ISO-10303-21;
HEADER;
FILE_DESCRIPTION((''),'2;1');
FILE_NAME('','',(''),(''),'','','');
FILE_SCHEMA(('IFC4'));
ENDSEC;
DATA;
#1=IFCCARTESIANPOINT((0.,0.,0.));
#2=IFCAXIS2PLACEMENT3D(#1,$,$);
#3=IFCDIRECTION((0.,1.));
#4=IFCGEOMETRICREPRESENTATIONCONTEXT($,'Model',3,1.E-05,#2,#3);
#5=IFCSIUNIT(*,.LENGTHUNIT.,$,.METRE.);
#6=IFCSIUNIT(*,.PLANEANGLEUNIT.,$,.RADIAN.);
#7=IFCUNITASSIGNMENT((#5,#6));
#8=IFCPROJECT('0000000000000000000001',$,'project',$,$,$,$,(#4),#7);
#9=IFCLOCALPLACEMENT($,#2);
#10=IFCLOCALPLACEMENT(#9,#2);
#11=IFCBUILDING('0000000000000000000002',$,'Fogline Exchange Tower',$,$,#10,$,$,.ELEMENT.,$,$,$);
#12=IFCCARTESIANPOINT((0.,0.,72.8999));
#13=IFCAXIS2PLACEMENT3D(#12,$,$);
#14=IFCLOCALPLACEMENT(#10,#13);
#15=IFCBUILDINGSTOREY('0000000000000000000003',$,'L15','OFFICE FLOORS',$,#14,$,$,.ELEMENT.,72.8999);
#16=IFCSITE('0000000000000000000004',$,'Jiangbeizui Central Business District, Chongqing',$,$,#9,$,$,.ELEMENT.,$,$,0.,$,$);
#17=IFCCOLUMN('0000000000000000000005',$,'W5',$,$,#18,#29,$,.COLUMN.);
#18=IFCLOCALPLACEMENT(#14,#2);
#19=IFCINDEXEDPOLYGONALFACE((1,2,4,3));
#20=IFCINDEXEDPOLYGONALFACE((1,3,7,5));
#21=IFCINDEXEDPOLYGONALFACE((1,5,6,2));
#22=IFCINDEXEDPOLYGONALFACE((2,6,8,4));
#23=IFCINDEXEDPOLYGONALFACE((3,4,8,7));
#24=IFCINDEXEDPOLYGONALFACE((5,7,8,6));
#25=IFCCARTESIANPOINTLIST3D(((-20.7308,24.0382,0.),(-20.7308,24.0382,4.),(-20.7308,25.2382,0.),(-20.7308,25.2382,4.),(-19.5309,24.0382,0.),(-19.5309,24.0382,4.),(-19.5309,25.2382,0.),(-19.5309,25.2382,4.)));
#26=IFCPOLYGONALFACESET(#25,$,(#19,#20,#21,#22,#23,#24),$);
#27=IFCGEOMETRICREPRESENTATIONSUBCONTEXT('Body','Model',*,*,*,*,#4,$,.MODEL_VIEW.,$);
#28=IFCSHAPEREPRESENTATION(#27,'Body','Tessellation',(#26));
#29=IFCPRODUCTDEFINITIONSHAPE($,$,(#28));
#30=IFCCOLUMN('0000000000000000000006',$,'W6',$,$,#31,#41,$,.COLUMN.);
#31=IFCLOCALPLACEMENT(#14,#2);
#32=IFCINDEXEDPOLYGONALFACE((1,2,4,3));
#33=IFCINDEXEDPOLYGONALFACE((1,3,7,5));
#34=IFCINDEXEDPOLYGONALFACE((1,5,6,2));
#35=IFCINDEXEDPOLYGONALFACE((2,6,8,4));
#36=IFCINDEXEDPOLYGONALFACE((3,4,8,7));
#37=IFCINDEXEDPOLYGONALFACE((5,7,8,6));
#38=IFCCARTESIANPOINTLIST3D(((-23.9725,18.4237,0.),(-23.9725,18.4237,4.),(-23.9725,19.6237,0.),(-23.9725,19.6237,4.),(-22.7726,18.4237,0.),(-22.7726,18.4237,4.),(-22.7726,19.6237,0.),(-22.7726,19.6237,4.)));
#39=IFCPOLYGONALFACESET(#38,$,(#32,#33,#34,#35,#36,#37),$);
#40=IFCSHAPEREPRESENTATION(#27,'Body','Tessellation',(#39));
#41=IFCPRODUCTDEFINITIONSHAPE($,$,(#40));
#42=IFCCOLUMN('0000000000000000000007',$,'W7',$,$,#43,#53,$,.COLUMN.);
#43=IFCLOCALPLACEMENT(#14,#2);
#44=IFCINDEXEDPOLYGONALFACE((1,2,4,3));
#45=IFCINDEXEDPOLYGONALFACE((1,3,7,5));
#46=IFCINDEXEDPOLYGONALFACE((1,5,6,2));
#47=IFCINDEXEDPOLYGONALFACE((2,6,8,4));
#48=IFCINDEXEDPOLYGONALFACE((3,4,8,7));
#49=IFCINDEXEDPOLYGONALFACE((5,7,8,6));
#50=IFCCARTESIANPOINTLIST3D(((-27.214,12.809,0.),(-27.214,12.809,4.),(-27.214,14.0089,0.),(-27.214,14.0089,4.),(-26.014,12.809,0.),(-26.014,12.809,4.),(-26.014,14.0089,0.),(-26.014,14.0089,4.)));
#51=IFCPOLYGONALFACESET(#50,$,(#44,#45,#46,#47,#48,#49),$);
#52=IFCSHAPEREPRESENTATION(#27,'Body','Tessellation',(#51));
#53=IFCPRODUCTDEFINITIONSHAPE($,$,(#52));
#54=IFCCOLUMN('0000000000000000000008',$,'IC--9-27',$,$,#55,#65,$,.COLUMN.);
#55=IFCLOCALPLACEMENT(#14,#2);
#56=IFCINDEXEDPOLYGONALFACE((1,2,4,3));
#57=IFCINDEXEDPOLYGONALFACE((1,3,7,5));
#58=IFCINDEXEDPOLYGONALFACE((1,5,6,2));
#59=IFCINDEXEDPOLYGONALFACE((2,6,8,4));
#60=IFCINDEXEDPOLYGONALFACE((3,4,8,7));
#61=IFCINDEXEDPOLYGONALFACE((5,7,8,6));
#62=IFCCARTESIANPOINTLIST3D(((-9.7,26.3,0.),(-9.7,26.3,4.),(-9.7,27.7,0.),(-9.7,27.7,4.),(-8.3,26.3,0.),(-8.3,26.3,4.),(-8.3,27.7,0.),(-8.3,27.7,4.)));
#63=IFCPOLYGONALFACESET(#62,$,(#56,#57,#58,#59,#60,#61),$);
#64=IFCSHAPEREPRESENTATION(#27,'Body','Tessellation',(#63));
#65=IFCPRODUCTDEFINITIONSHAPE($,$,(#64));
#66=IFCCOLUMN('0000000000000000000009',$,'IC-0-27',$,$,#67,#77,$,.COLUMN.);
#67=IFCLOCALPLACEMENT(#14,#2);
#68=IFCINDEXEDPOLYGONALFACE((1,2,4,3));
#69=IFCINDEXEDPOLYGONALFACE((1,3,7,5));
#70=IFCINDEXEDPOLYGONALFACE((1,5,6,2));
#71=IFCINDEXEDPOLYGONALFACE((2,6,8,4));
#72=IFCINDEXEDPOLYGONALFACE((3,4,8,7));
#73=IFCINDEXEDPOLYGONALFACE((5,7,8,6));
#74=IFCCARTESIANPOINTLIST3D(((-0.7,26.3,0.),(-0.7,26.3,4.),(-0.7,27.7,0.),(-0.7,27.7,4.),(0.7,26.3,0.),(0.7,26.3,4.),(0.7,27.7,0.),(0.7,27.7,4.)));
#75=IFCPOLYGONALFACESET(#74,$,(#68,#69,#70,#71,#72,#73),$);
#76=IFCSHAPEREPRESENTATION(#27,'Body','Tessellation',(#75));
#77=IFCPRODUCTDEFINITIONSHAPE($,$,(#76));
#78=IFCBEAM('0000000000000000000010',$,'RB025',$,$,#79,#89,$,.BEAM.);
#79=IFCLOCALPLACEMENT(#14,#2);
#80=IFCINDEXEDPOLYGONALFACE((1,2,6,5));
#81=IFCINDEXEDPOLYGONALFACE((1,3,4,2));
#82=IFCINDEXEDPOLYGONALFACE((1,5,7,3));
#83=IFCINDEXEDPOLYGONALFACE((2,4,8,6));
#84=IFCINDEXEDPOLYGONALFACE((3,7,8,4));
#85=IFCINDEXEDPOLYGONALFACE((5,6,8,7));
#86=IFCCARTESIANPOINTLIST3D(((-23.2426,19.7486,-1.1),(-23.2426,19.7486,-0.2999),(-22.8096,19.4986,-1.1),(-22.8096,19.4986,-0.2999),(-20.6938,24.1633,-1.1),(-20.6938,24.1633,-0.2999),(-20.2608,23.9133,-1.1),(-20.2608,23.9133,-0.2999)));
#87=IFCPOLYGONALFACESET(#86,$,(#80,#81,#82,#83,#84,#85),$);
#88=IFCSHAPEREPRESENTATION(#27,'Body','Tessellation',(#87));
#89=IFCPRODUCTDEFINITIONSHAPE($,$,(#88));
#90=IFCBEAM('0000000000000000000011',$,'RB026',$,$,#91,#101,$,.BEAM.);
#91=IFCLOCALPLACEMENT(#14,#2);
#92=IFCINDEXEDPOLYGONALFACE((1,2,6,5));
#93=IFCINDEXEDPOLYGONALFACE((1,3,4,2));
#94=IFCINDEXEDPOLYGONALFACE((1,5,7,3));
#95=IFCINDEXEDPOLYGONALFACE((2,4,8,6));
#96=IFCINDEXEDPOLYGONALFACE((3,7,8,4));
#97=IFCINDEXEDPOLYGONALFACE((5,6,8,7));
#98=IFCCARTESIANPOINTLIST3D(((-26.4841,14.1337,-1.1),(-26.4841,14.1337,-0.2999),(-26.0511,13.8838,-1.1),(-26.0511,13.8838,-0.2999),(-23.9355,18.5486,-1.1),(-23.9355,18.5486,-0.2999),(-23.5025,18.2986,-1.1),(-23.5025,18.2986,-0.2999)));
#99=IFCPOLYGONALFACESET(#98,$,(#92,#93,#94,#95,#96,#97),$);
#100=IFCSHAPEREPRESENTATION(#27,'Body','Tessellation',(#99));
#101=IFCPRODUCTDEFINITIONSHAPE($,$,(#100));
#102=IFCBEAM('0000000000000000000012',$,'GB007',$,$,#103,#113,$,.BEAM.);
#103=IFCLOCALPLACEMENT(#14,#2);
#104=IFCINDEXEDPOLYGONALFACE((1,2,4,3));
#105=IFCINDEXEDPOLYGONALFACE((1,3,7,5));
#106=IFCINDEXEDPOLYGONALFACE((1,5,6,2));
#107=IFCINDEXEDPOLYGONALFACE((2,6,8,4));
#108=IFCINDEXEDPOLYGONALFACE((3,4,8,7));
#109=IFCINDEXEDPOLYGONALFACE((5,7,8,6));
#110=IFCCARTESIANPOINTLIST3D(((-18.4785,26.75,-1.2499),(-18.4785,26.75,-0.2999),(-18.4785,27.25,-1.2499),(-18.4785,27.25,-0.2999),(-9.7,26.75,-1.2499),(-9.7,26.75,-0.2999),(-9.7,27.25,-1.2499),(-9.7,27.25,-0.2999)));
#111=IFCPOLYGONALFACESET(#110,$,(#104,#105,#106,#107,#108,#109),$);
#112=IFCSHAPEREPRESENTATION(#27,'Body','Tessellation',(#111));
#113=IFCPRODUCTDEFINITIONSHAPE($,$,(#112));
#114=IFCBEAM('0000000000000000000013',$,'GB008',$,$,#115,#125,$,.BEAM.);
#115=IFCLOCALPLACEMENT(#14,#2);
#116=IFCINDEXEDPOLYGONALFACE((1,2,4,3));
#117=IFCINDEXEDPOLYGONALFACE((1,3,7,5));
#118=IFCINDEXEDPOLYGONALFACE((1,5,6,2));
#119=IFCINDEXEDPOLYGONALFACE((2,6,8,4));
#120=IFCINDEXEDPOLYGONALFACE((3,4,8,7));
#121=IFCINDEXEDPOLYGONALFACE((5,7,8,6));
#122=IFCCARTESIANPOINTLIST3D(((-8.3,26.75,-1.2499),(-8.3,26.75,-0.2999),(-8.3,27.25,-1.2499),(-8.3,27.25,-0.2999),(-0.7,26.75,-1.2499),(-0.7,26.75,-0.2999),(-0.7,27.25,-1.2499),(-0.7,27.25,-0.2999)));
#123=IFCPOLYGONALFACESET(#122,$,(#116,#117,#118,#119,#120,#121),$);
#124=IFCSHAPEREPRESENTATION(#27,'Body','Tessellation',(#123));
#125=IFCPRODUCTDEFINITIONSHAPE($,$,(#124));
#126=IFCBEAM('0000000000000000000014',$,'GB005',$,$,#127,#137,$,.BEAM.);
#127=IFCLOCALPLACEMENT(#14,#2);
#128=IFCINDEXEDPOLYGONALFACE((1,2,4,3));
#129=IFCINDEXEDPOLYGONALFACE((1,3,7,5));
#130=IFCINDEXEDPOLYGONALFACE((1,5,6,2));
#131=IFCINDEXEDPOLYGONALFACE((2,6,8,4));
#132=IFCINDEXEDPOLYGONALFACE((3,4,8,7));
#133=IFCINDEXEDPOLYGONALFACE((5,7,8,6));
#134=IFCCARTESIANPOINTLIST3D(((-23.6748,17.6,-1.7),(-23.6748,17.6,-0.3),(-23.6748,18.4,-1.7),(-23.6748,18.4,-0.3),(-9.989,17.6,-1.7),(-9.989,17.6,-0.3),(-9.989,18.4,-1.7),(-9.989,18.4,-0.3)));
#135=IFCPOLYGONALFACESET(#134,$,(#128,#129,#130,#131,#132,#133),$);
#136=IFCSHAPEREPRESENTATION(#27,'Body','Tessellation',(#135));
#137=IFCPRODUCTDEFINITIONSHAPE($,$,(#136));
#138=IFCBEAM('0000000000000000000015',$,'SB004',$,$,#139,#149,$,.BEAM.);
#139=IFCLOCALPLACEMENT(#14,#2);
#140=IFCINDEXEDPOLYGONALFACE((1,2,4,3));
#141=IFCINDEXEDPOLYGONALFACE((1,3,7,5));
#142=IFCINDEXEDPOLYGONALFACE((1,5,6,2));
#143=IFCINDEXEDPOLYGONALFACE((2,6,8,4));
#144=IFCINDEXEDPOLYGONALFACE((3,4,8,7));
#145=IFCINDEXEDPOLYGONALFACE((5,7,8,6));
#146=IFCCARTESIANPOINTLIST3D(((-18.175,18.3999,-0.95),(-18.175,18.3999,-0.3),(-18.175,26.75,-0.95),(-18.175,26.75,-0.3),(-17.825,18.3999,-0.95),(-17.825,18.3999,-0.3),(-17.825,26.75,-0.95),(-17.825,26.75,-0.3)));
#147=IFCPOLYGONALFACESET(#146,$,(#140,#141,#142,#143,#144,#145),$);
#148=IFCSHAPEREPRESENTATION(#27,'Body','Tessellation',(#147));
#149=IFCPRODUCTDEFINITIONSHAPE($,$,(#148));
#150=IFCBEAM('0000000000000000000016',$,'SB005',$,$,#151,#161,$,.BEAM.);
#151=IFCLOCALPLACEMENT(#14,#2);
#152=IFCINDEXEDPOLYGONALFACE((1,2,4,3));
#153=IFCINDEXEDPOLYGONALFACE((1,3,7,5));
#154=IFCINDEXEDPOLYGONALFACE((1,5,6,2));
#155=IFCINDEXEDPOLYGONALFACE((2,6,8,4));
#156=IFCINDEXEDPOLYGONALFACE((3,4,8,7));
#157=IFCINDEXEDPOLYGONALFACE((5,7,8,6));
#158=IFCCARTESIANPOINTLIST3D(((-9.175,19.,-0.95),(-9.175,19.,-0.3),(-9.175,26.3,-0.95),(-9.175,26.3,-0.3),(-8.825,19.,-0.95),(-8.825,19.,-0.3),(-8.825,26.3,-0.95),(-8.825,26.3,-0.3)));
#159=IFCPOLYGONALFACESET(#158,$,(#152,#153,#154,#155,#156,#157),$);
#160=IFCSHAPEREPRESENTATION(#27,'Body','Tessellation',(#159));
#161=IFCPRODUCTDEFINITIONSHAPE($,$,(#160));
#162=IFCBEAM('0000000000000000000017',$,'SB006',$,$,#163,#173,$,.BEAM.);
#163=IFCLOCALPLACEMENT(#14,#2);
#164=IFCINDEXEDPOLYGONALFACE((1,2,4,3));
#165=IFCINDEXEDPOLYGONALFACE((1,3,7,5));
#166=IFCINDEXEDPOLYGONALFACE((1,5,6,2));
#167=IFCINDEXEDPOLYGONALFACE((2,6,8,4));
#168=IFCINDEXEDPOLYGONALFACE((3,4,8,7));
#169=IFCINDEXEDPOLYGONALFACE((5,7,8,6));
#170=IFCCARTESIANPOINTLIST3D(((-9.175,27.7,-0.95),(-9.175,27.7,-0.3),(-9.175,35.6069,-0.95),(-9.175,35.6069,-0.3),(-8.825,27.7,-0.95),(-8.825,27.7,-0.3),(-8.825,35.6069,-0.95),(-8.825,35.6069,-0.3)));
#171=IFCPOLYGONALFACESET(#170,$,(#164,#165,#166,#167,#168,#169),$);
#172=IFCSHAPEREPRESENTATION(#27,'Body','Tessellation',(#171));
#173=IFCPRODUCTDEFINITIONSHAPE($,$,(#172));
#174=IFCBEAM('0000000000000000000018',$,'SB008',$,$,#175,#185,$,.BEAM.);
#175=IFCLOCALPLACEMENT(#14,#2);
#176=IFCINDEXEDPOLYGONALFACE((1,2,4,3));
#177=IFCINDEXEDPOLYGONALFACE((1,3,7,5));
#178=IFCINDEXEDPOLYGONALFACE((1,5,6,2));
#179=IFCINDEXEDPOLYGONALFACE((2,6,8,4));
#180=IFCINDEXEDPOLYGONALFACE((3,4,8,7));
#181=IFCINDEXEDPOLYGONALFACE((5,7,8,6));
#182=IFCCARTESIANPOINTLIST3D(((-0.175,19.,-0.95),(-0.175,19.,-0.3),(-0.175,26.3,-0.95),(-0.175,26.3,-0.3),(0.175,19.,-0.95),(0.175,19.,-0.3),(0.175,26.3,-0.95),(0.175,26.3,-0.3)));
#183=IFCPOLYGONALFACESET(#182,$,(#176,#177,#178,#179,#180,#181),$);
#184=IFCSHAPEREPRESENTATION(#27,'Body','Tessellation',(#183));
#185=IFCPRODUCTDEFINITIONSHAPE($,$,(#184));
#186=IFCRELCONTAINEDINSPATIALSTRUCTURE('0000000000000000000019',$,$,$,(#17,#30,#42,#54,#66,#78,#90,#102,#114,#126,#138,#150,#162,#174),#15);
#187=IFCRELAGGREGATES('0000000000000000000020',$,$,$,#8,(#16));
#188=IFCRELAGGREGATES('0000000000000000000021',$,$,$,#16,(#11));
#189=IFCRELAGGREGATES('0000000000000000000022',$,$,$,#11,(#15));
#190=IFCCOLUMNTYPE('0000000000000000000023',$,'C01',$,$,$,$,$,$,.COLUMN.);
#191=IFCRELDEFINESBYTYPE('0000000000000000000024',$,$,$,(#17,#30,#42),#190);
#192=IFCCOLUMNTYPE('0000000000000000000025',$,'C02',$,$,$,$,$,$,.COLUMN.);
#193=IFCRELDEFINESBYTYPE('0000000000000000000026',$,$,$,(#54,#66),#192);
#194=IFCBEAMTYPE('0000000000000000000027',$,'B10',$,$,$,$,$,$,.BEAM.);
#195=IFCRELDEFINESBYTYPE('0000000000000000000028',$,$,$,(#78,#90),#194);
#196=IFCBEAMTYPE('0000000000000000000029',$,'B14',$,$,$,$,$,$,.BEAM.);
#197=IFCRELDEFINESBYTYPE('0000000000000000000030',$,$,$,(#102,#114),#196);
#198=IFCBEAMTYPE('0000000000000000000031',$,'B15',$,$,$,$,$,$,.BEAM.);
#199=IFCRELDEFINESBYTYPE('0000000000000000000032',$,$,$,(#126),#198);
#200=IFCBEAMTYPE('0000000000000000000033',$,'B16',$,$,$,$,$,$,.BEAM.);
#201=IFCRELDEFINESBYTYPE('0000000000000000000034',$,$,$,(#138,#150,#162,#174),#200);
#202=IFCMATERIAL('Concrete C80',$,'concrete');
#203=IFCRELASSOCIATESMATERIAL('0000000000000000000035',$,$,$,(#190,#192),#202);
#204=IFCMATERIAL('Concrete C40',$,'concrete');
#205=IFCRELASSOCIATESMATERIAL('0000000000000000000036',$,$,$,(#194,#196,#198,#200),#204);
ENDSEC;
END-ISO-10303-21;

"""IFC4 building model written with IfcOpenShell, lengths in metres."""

from ifc_helpers import new_model, si_unit, direction, frame, origin, origin_2d, place, context, subcontext, project, spatial, rectangle, extrude, material, material_profile, profile_set, type_object, element, save


model = new_model("IFC4")

# Units and contexts
model_context = context("Model", 3, precision=1e-05, world=origin(), true_north=direction((0.0, 1.0)))
body_context = subcontext(model_context, "Body", "Model", "MODEL_VIEW")
ifc_project = project(units=[si_unit("LENGTHUNIT", "METRE"), si_unit("PLANEANGLEUNIT", "RADIAN")], contexts=[model_context])

# Site, building, storey
site_placement = place(None, origin())
site = spatial("IfcSite", under=ifc_project, at=site_placement, Name="Jiangbeizui Central Business District, Chongqing", CompositionType="ELEMENT", RefElevation=0.0)
building_placement = place(site_placement, origin())
building = spatial("IfcBuilding", under=site, at=building_placement, Name="Fogline Exchange Tower", CompositionType="ELEMENT")
storey_placement = place(building_placement, frame((0.0, 0.0, 72.8999)))
storey = spatial("IfcBuildingStorey", under=building, at=storey_placement, Name="L15", Description="OFFICE FLOORS", CompositionType="ELEMENT", Elevation=72.8999)

# Columns
ifc_material_1 = material(Name="Concrete C80", Category="concrete")
ifc_material_profile_1 = material_profile(ifc_material_1, rectangle(XDim=1.2, YDim=1.2, at=origin_2d()), Name="RC 1200x1200")
ifc_profile_set_1 = profile_set([ifc_material_profile_1], Name="Concrete C80")
column_type_1 = type_object("IfcColumnType", Name="C01", PredefinedType="COLUMN", material=ifc_profile_set_1)
for number, where, z_axis, x_axis, name in (
    (1, (-20.1309, 24.6382, 0.0), (0.0, 0.0, 1.0), (1.0, 0.0, 0.0), "W5"),
    (2, (-23.3726, 19.0237, 0.0), (0.0, 0.0, 1.0), (1.0, 0.0, 0.0), "W6"),
    (3, (-26.614, 13.4089, 0.0), (0.0, 0.0, 1.0), (1.0, 0.0, 0.0), "W7"),
):
    element("IfcColumn", number, at=place(storey_placement, frame(where, z_axis=z_axis, x_axis=x_axis)), inside=storey, type_object=column_type_1, Name=name, PredefinedType="COLUMN", context=body_context, shape_type="SweptSolid", body=[
        extrude(rectangle(XDim=1.2, YDim=1.2, at=origin_2d()), origin(), (0.0, 0.0, 1.0), 4.0),
    ])
ifc_material_profile_2 = material_profile(ifc_material_1, rectangle(XDim=1.3999, YDim=1.3999, at=origin_2d()), Name="RC 1400x1400")
ifc_profile_set_2 = profile_set([ifc_material_profile_2], Name="Concrete C80")
column_type_2 = type_object("IfcColumnType", Name="C02", PredefinedType="COLUMN", material=ifc_profile_set_2)
for number, where, z_axis, x_axis, name in (
    (4, (-9.0, 27.0, 0.0), (0.0, 0.0, 1.0), (1.0, 0.0, 0.0), "IC--9-27"),
    (5, (0.0, 27.0, 0.0), (0.0, 0.0, 1.0), (1.0, 0.0, 0.0), "IC-0-27"),
):
    element("IfcColumn", number, at=place(storey_placement, frame(where, z_axis=z_axis, x_axis=x_axis)), inside=storey, type_object=column_type_2, Name=name, PredefinedType="COLUMN", context=body_context, shape_type="SweptSolid", body=[
        extrude(rectangle(XDim=1.3999, YDim=1.3999, at=origin_2d()), origin(), (0.0, 0.0, 1.0), 4.0),
    ])

# Beams
ifc_material_2 = material(Name="Concrete C40", Category="concrete")
ifc_material_profile_3 = material_profile(ifc_material_2, rectangle(XDim=0.5, YDim=0.8, at=origin_2d()), Name="RC 500x800")
ifc_profile_set_3 = profile_set([ifc_material_profile_3], Name="Concrete C40")
beam_type_1 = type_object("IfcBeamType", Name="B10", PredefinedType="BEAM", material=ifc_profile_set_3)
for number, where, z_axis, x_axis, name in (
    (6, (-20.4773, 24.0383, -0.7), (-0.499992, -0.86603, 0.0), (0.86603, -0.499992, 0.0), "RB025"),
    (7, (-23.719, 18.4236, -0.7), (-0.499956, -0.866051, 0.0), (0.866051, -0.499956, 0.0), "RB026"),
):
    element("IfcBeam", number, at=place(storey_placement, frame(where, z_axis=z_axis, x_axis=x_axis)), inside=storey, type_object=beam_type_1, Name=name, PredefinedType="BEAM", context=body_context, shape_type="SweptSolid", body=[
        extrude(rectangle(XDim=0.5, YDim=0.8, at=origin_2d()), origin(), (0.0, 0.0, 1.0), 5.0977),
    ])
ifc_material_profile_4 = material_profile(ifc_material_2, rectangle(XDim=0.5, YDim=0.95, at=origin_2d()), Name="RC 500x950")
ifc_profile_set_4 = profile_set([ifc_material_profile_4], Name="Concrete C40")
beam_type_2 = type_object("IfcBeamType", Name="B14", PredefinedType="BEAM", material=ifc_profile_set_4)
beam_1_placement = place(storey_placement, frame((-18.4785, 27.0, -0.7749), z_axis=(1.0, 0.0, 0.0), x_axis=(0.0, 1.0, 0.0)))
element("IfcBeam", 8, at=beam_1_placement, inside=storey, type_object=beam_type_2, Name="GB007", PredefinedType="BEAM", context=body_context, shape_type="SweptSolid", body=[
    extrude(rectangle(XDim=0.5, YDim=0.95, at=origin_2d()), origin(), (0.0, 0.0, 1.0), 8.7786),
])
beam_2_placement = place(storey_placement, frame((-8.3, 27.0, -0.7749), z_axis=(1.0, 0.0, 0.0), x_axis=(0.0, 1.0, 0.0)))
element("IfcBeam", 9, at=beam_2_placement, inside=storey, type_object=beam_type_2, Name="GB008", PredefinedType="BEAM", context=body_context, shape_type="SweptSolid", body=[
    extrude(rectangle(XDim=0.5, YDim=0.95, at=origin_2d()), origin(), (0.0, 0.0, 1.0), 7.6001),
])
ifc_material_profile_5 = material_profile(ifc_material_2, rectangle(XDim=0.8, YDim=1.3999, at=origin_2d()), Name="RC 800x1400")
ifc_profile_set_5 = profile_set([ifc_material_profile_5], Name="Concrete C40")
beam_type_3 = type_object("IfcBeamType", Name="B15", PredefinedType="BEAM", material=ifc_profile_set_5)
beam_3_placement = place(storey_placement, frame((-23.6748, 18.0, -1.0), z_axis=(1.0, 0.0, 0.0), x_axis=(0.0, 1.0, 0.0)))
element("IfcBeam", 10, at=beam_3_placement, inside=storey, type_object=beam_type_3, Name="GB005", PredefinedType="BEAM", context=body_context, shape_type="SweptSolid", body=[
    extrude(rectangle(XDim=0.8, YDim=1.3999, at=origin_2d()), origin(), (0.0, 0.0, 1.0), 13.6858),
])
ifc_material_profile_6 = material_profile(ifc_material_2, rectangle(XDim=0.3501, YDim=0.6499, at=origin_2d()), Name="RC 350x650")
ifc_profile_set_6 = profile_set([ifc_material_profile_6], Name="Concrete C40")
beam_type_4 = type_object("IfcBeamType", Name="B16", PredefinedType="BEAM", material=ifc_profile_set_6)
beam_4_placement = place(storey_placement, frame((-18.0, 18.3999, -0.625), z_axis=(0.0, 1.0, 0.0), x_axis=(-1.0, 0.0, 0.0)))
element("IfcBeam", 11, at=beam_4_placement, inside=storey, type_object=beam_type_4, Name="SB004", PredefinedType="BEAM", context=body_context, shape_type="SweptSolid", body=[
    extrude(rectangle(XDim=0.3501, YDim=0.6499, at=origin_2d()), origin(), (0.0, 0.0, 1.0), 8.3501),
])
beam_5_placement = place(storey_placement, frame((-9.0, 19.0, -0.625), z_axis=(0.0, 1.0, 0.0), x_axis=(-1.0, 0.0, 0.0)))
element("IfcBeam", 12, at=beam_5_placement, inside=storey, type_object=beam_type_4, Name="SB005", PredefinedType="BEAM", context=body_context, shape_type="SweptSolid", body=[
    extrude(rectangle(XDim=0.3501, YDim=0.6499, at=origin_2d()), origin(), (0.0, 0.0, 1.0), 7.3),
])
beam_6_placement = place(storey_placement, frame((-9.0, 27.7, -0.625), z_axis=(0.0, 1.0, 0.0), x_axis=(-1.0, 0.0, 0.0)))
element("IfcBeam", 13, at=beam_6_placement, inside=storey, type_object=beam_type_4, Name="SB006", PredefinedType="BEAM", context=body_context, shape_type="SweptSolid", body=[
    extrude(rectangle(XDim=0.3501, YDim=0.6499, at=origin_2d()), origin(), (0.0, 0.0, 1.0), 7.907),
])
beam_7_placement = place(storey_placement, frame((0.0, 19.0, -0.625), z_axis=(0.0, 1.0, 0.0), x_axis=(-1.0, 0.0, 0.0)))
element("IfcBeam", 14, at=beam_7_placement, inside=storey, type_object=beam_type_4, Name="SB008", PredefinedType="BEAM", context=body_context, shape_type="SweptSolid", body=[
    extrude(rectangle(XDim=0.3501, YDim=0.6499, at=origin_2d()), origin(), (0.0, 0.0, 1.0), 7.3),
])

save(model, "model.ifc")
